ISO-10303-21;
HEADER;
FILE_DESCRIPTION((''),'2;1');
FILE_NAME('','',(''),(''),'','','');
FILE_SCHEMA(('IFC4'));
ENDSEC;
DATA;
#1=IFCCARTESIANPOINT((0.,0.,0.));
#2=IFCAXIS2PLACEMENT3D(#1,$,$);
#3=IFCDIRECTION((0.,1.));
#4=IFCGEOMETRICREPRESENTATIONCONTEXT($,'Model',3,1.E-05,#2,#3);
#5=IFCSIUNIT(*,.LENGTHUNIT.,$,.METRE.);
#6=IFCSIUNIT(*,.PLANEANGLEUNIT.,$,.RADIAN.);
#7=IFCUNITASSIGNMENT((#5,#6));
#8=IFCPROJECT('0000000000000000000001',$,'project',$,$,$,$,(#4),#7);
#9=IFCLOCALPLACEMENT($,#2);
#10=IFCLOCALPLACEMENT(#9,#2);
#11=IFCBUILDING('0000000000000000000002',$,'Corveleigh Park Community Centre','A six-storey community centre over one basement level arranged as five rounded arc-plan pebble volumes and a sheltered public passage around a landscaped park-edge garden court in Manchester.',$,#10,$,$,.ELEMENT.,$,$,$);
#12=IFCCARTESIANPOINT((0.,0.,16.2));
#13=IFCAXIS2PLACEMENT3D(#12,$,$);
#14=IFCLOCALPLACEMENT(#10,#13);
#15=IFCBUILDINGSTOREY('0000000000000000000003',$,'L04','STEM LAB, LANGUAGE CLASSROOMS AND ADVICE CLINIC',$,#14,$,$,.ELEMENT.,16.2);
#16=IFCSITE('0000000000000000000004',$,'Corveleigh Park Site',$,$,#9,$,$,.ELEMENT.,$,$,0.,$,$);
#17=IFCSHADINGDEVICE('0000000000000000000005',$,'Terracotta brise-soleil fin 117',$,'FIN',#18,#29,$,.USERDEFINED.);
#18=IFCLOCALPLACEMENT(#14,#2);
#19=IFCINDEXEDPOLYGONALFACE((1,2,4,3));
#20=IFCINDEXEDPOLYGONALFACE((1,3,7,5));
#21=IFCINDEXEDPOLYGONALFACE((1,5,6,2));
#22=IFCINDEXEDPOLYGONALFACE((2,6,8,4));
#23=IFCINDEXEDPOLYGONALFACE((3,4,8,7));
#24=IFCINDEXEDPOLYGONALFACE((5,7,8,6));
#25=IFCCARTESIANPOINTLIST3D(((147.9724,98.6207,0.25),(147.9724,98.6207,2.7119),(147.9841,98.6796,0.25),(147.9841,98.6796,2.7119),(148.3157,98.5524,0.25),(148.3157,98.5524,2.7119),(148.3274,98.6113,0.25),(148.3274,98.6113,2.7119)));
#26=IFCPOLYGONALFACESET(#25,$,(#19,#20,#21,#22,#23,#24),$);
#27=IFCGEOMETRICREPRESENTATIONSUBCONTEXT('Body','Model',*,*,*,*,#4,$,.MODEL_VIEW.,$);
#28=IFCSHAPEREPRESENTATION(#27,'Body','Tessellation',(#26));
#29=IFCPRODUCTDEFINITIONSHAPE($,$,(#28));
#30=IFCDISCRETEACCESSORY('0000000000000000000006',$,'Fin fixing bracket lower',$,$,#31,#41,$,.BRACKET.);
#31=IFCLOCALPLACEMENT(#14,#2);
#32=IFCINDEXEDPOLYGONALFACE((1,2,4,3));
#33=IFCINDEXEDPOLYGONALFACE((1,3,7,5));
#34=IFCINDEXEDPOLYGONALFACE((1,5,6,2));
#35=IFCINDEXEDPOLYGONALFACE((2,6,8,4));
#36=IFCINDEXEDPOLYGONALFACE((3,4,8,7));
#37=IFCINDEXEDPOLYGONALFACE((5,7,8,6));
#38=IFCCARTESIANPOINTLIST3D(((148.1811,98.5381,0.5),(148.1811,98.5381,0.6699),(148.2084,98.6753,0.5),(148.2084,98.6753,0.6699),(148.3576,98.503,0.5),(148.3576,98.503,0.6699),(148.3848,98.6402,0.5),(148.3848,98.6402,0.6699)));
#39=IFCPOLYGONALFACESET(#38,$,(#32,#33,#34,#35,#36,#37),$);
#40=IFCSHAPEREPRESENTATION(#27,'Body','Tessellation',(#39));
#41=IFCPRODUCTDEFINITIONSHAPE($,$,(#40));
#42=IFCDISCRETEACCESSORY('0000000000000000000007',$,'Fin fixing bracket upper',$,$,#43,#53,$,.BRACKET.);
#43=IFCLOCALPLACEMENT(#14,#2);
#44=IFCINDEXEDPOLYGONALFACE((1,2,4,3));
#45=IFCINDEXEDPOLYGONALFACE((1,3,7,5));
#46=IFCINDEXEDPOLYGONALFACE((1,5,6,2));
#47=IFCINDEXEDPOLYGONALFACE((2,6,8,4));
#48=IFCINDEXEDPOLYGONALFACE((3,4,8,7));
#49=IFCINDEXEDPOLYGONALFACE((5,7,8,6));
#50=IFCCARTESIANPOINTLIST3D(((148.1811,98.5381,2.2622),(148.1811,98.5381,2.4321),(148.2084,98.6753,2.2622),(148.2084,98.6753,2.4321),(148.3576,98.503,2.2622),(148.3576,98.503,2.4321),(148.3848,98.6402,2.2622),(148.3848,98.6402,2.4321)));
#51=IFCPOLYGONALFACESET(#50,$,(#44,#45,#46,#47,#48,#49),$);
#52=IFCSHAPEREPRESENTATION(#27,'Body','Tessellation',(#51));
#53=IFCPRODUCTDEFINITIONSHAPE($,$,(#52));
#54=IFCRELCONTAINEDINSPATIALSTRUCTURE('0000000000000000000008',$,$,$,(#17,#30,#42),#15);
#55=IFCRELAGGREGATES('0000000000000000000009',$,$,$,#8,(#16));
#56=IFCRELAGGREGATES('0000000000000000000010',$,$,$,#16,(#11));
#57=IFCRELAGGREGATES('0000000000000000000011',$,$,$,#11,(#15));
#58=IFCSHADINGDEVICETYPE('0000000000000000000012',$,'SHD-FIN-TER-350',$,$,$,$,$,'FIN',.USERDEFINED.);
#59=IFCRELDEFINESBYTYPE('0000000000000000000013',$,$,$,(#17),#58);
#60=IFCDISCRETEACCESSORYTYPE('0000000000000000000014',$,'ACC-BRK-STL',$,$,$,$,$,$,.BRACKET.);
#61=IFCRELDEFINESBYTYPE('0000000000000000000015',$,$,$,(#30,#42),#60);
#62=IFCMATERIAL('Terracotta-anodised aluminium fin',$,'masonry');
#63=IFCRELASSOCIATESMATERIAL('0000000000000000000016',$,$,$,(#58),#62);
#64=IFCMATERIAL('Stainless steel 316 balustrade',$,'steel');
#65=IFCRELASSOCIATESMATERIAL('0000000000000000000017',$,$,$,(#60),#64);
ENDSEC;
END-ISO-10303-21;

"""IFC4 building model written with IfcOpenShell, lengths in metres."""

from ifc_helpers import new_model, si_unit, direction, frame, origin, origin_2d, place, context, subcontext, project, spatial, rectangle, extrude, material, type_object, element, save


model = new_model("IFC4")

# Units and contexts
model_context = context("Model", 3, precision=1e-05, world=origin(), true_north=direction((0.0, 1.0)))
body_context = subcontext(model_context, "Body", "Model", "MODEL_VIEW")
ifc_project = project(units=[si_unit("LENGTHUNIT", "METRE"), si_unit("PLANEANGLEUNIT", "RADIAN")], contexts=[model_context])

# Site, building, storey
site_placement = place(None, origin())
site = spatial("IfcSite", under=ifc_project, at=site_placement, Name="Corveleigh Park Site", CompositionType="ELEMENT", RefElevation=0.0)
building_placement = place(site_placement, origin())
building = spatial("IfcBuilding", under=site, at=building_placement, Name="Corveleigh Park Community Centre", Description="A six-storey community centre over one basement level arranged as five rounded arc-plan pebble volumes and a sheltered public passage around a landscaped park-edge garden court in Manchester.", CompositionType="ELEMENT")
storey_placement = place(building_placement, frame((0.0, 0.0, 16.2)))
storey = spatial("IfcBuildingStorey", under=building, at=storey_placement, Name="L04", Description="STEM LAB, LANGUAGE CLASSROOMS AND ADVICE CLINIC", CompositionType="ELEMENT", Elevation=16.2)

# Shading device
ifc_material_1 = material(Name="Terracotta-anodised aluminium fin", Category="masonry")
shading_device_type = type_object("IfcShadingDeviceType", Name="SHD-FIN-TER-350", ElementType="FIN", PredefinedType="USERDEFINED", material=ifc_material_1)
shading_device_placement = place(storey_placement, frame((148.1499, 98.616, 0.25), z_axis=(0.0, 0.0, 1.0), x_axis=(-0.980785, 0.195094, 0.0)))
element("IfcShadingDevice", 1, at=shading_device_placement, inside=storey, type_object=shading_device_type, Name="Terracotta brise-soleil fin 117", ObjectType="FIN", PredefinedType="USERDEFINED", context=body_context, shape_type="SweptSolid", body=[
    extrude(rectangle(XDim=0.3501, YDim=0.0601, at=origin_2d()), origin(), (0.0, 0.0, 1.0), 2.4619),
])

# Discrete accessories
ifc_material_2 = material(Name="Stainless steel 316 balustrade", Category="steel")
discrete_accessory_type = type_object("IfcDiscreteAccessoryType", Name="ACC-BRK-STL", PredefinedType="BRACKET", material=ifc_material_2)
for number, where, z_axis, x_axis, name in (
    (2, (148.283, 98.5891, 0.5), (0.0, 0.0, 1.0), (-0.980785, 0.195094, 0.0), "Fin fixing bracket lower"),
    (3, (148.283, 98.5891, 2.2622), (0.0, 0.0, 1.0), (-0.980785, 0.195094, 0.0), "Fin fixing bracket upper"),
):
    element("IfcDiscreteAccessory", number, at=place(storey_placement, frame(where, z_axis=z_axis, x_axis=x_axis)), inside=storey, type_object=discrete_accessory_type, Name=name, PredefinedType="BRACKET", context=body_context, shape_type="SweptSolid", body=[
        extrude(rectangle(XDim=0.1799, YDim=0.1399, at=origin_2d()), origin(), (0.0, 0.0, 1.0), 0.1699),
    ])

save(model, "model.ifc")
